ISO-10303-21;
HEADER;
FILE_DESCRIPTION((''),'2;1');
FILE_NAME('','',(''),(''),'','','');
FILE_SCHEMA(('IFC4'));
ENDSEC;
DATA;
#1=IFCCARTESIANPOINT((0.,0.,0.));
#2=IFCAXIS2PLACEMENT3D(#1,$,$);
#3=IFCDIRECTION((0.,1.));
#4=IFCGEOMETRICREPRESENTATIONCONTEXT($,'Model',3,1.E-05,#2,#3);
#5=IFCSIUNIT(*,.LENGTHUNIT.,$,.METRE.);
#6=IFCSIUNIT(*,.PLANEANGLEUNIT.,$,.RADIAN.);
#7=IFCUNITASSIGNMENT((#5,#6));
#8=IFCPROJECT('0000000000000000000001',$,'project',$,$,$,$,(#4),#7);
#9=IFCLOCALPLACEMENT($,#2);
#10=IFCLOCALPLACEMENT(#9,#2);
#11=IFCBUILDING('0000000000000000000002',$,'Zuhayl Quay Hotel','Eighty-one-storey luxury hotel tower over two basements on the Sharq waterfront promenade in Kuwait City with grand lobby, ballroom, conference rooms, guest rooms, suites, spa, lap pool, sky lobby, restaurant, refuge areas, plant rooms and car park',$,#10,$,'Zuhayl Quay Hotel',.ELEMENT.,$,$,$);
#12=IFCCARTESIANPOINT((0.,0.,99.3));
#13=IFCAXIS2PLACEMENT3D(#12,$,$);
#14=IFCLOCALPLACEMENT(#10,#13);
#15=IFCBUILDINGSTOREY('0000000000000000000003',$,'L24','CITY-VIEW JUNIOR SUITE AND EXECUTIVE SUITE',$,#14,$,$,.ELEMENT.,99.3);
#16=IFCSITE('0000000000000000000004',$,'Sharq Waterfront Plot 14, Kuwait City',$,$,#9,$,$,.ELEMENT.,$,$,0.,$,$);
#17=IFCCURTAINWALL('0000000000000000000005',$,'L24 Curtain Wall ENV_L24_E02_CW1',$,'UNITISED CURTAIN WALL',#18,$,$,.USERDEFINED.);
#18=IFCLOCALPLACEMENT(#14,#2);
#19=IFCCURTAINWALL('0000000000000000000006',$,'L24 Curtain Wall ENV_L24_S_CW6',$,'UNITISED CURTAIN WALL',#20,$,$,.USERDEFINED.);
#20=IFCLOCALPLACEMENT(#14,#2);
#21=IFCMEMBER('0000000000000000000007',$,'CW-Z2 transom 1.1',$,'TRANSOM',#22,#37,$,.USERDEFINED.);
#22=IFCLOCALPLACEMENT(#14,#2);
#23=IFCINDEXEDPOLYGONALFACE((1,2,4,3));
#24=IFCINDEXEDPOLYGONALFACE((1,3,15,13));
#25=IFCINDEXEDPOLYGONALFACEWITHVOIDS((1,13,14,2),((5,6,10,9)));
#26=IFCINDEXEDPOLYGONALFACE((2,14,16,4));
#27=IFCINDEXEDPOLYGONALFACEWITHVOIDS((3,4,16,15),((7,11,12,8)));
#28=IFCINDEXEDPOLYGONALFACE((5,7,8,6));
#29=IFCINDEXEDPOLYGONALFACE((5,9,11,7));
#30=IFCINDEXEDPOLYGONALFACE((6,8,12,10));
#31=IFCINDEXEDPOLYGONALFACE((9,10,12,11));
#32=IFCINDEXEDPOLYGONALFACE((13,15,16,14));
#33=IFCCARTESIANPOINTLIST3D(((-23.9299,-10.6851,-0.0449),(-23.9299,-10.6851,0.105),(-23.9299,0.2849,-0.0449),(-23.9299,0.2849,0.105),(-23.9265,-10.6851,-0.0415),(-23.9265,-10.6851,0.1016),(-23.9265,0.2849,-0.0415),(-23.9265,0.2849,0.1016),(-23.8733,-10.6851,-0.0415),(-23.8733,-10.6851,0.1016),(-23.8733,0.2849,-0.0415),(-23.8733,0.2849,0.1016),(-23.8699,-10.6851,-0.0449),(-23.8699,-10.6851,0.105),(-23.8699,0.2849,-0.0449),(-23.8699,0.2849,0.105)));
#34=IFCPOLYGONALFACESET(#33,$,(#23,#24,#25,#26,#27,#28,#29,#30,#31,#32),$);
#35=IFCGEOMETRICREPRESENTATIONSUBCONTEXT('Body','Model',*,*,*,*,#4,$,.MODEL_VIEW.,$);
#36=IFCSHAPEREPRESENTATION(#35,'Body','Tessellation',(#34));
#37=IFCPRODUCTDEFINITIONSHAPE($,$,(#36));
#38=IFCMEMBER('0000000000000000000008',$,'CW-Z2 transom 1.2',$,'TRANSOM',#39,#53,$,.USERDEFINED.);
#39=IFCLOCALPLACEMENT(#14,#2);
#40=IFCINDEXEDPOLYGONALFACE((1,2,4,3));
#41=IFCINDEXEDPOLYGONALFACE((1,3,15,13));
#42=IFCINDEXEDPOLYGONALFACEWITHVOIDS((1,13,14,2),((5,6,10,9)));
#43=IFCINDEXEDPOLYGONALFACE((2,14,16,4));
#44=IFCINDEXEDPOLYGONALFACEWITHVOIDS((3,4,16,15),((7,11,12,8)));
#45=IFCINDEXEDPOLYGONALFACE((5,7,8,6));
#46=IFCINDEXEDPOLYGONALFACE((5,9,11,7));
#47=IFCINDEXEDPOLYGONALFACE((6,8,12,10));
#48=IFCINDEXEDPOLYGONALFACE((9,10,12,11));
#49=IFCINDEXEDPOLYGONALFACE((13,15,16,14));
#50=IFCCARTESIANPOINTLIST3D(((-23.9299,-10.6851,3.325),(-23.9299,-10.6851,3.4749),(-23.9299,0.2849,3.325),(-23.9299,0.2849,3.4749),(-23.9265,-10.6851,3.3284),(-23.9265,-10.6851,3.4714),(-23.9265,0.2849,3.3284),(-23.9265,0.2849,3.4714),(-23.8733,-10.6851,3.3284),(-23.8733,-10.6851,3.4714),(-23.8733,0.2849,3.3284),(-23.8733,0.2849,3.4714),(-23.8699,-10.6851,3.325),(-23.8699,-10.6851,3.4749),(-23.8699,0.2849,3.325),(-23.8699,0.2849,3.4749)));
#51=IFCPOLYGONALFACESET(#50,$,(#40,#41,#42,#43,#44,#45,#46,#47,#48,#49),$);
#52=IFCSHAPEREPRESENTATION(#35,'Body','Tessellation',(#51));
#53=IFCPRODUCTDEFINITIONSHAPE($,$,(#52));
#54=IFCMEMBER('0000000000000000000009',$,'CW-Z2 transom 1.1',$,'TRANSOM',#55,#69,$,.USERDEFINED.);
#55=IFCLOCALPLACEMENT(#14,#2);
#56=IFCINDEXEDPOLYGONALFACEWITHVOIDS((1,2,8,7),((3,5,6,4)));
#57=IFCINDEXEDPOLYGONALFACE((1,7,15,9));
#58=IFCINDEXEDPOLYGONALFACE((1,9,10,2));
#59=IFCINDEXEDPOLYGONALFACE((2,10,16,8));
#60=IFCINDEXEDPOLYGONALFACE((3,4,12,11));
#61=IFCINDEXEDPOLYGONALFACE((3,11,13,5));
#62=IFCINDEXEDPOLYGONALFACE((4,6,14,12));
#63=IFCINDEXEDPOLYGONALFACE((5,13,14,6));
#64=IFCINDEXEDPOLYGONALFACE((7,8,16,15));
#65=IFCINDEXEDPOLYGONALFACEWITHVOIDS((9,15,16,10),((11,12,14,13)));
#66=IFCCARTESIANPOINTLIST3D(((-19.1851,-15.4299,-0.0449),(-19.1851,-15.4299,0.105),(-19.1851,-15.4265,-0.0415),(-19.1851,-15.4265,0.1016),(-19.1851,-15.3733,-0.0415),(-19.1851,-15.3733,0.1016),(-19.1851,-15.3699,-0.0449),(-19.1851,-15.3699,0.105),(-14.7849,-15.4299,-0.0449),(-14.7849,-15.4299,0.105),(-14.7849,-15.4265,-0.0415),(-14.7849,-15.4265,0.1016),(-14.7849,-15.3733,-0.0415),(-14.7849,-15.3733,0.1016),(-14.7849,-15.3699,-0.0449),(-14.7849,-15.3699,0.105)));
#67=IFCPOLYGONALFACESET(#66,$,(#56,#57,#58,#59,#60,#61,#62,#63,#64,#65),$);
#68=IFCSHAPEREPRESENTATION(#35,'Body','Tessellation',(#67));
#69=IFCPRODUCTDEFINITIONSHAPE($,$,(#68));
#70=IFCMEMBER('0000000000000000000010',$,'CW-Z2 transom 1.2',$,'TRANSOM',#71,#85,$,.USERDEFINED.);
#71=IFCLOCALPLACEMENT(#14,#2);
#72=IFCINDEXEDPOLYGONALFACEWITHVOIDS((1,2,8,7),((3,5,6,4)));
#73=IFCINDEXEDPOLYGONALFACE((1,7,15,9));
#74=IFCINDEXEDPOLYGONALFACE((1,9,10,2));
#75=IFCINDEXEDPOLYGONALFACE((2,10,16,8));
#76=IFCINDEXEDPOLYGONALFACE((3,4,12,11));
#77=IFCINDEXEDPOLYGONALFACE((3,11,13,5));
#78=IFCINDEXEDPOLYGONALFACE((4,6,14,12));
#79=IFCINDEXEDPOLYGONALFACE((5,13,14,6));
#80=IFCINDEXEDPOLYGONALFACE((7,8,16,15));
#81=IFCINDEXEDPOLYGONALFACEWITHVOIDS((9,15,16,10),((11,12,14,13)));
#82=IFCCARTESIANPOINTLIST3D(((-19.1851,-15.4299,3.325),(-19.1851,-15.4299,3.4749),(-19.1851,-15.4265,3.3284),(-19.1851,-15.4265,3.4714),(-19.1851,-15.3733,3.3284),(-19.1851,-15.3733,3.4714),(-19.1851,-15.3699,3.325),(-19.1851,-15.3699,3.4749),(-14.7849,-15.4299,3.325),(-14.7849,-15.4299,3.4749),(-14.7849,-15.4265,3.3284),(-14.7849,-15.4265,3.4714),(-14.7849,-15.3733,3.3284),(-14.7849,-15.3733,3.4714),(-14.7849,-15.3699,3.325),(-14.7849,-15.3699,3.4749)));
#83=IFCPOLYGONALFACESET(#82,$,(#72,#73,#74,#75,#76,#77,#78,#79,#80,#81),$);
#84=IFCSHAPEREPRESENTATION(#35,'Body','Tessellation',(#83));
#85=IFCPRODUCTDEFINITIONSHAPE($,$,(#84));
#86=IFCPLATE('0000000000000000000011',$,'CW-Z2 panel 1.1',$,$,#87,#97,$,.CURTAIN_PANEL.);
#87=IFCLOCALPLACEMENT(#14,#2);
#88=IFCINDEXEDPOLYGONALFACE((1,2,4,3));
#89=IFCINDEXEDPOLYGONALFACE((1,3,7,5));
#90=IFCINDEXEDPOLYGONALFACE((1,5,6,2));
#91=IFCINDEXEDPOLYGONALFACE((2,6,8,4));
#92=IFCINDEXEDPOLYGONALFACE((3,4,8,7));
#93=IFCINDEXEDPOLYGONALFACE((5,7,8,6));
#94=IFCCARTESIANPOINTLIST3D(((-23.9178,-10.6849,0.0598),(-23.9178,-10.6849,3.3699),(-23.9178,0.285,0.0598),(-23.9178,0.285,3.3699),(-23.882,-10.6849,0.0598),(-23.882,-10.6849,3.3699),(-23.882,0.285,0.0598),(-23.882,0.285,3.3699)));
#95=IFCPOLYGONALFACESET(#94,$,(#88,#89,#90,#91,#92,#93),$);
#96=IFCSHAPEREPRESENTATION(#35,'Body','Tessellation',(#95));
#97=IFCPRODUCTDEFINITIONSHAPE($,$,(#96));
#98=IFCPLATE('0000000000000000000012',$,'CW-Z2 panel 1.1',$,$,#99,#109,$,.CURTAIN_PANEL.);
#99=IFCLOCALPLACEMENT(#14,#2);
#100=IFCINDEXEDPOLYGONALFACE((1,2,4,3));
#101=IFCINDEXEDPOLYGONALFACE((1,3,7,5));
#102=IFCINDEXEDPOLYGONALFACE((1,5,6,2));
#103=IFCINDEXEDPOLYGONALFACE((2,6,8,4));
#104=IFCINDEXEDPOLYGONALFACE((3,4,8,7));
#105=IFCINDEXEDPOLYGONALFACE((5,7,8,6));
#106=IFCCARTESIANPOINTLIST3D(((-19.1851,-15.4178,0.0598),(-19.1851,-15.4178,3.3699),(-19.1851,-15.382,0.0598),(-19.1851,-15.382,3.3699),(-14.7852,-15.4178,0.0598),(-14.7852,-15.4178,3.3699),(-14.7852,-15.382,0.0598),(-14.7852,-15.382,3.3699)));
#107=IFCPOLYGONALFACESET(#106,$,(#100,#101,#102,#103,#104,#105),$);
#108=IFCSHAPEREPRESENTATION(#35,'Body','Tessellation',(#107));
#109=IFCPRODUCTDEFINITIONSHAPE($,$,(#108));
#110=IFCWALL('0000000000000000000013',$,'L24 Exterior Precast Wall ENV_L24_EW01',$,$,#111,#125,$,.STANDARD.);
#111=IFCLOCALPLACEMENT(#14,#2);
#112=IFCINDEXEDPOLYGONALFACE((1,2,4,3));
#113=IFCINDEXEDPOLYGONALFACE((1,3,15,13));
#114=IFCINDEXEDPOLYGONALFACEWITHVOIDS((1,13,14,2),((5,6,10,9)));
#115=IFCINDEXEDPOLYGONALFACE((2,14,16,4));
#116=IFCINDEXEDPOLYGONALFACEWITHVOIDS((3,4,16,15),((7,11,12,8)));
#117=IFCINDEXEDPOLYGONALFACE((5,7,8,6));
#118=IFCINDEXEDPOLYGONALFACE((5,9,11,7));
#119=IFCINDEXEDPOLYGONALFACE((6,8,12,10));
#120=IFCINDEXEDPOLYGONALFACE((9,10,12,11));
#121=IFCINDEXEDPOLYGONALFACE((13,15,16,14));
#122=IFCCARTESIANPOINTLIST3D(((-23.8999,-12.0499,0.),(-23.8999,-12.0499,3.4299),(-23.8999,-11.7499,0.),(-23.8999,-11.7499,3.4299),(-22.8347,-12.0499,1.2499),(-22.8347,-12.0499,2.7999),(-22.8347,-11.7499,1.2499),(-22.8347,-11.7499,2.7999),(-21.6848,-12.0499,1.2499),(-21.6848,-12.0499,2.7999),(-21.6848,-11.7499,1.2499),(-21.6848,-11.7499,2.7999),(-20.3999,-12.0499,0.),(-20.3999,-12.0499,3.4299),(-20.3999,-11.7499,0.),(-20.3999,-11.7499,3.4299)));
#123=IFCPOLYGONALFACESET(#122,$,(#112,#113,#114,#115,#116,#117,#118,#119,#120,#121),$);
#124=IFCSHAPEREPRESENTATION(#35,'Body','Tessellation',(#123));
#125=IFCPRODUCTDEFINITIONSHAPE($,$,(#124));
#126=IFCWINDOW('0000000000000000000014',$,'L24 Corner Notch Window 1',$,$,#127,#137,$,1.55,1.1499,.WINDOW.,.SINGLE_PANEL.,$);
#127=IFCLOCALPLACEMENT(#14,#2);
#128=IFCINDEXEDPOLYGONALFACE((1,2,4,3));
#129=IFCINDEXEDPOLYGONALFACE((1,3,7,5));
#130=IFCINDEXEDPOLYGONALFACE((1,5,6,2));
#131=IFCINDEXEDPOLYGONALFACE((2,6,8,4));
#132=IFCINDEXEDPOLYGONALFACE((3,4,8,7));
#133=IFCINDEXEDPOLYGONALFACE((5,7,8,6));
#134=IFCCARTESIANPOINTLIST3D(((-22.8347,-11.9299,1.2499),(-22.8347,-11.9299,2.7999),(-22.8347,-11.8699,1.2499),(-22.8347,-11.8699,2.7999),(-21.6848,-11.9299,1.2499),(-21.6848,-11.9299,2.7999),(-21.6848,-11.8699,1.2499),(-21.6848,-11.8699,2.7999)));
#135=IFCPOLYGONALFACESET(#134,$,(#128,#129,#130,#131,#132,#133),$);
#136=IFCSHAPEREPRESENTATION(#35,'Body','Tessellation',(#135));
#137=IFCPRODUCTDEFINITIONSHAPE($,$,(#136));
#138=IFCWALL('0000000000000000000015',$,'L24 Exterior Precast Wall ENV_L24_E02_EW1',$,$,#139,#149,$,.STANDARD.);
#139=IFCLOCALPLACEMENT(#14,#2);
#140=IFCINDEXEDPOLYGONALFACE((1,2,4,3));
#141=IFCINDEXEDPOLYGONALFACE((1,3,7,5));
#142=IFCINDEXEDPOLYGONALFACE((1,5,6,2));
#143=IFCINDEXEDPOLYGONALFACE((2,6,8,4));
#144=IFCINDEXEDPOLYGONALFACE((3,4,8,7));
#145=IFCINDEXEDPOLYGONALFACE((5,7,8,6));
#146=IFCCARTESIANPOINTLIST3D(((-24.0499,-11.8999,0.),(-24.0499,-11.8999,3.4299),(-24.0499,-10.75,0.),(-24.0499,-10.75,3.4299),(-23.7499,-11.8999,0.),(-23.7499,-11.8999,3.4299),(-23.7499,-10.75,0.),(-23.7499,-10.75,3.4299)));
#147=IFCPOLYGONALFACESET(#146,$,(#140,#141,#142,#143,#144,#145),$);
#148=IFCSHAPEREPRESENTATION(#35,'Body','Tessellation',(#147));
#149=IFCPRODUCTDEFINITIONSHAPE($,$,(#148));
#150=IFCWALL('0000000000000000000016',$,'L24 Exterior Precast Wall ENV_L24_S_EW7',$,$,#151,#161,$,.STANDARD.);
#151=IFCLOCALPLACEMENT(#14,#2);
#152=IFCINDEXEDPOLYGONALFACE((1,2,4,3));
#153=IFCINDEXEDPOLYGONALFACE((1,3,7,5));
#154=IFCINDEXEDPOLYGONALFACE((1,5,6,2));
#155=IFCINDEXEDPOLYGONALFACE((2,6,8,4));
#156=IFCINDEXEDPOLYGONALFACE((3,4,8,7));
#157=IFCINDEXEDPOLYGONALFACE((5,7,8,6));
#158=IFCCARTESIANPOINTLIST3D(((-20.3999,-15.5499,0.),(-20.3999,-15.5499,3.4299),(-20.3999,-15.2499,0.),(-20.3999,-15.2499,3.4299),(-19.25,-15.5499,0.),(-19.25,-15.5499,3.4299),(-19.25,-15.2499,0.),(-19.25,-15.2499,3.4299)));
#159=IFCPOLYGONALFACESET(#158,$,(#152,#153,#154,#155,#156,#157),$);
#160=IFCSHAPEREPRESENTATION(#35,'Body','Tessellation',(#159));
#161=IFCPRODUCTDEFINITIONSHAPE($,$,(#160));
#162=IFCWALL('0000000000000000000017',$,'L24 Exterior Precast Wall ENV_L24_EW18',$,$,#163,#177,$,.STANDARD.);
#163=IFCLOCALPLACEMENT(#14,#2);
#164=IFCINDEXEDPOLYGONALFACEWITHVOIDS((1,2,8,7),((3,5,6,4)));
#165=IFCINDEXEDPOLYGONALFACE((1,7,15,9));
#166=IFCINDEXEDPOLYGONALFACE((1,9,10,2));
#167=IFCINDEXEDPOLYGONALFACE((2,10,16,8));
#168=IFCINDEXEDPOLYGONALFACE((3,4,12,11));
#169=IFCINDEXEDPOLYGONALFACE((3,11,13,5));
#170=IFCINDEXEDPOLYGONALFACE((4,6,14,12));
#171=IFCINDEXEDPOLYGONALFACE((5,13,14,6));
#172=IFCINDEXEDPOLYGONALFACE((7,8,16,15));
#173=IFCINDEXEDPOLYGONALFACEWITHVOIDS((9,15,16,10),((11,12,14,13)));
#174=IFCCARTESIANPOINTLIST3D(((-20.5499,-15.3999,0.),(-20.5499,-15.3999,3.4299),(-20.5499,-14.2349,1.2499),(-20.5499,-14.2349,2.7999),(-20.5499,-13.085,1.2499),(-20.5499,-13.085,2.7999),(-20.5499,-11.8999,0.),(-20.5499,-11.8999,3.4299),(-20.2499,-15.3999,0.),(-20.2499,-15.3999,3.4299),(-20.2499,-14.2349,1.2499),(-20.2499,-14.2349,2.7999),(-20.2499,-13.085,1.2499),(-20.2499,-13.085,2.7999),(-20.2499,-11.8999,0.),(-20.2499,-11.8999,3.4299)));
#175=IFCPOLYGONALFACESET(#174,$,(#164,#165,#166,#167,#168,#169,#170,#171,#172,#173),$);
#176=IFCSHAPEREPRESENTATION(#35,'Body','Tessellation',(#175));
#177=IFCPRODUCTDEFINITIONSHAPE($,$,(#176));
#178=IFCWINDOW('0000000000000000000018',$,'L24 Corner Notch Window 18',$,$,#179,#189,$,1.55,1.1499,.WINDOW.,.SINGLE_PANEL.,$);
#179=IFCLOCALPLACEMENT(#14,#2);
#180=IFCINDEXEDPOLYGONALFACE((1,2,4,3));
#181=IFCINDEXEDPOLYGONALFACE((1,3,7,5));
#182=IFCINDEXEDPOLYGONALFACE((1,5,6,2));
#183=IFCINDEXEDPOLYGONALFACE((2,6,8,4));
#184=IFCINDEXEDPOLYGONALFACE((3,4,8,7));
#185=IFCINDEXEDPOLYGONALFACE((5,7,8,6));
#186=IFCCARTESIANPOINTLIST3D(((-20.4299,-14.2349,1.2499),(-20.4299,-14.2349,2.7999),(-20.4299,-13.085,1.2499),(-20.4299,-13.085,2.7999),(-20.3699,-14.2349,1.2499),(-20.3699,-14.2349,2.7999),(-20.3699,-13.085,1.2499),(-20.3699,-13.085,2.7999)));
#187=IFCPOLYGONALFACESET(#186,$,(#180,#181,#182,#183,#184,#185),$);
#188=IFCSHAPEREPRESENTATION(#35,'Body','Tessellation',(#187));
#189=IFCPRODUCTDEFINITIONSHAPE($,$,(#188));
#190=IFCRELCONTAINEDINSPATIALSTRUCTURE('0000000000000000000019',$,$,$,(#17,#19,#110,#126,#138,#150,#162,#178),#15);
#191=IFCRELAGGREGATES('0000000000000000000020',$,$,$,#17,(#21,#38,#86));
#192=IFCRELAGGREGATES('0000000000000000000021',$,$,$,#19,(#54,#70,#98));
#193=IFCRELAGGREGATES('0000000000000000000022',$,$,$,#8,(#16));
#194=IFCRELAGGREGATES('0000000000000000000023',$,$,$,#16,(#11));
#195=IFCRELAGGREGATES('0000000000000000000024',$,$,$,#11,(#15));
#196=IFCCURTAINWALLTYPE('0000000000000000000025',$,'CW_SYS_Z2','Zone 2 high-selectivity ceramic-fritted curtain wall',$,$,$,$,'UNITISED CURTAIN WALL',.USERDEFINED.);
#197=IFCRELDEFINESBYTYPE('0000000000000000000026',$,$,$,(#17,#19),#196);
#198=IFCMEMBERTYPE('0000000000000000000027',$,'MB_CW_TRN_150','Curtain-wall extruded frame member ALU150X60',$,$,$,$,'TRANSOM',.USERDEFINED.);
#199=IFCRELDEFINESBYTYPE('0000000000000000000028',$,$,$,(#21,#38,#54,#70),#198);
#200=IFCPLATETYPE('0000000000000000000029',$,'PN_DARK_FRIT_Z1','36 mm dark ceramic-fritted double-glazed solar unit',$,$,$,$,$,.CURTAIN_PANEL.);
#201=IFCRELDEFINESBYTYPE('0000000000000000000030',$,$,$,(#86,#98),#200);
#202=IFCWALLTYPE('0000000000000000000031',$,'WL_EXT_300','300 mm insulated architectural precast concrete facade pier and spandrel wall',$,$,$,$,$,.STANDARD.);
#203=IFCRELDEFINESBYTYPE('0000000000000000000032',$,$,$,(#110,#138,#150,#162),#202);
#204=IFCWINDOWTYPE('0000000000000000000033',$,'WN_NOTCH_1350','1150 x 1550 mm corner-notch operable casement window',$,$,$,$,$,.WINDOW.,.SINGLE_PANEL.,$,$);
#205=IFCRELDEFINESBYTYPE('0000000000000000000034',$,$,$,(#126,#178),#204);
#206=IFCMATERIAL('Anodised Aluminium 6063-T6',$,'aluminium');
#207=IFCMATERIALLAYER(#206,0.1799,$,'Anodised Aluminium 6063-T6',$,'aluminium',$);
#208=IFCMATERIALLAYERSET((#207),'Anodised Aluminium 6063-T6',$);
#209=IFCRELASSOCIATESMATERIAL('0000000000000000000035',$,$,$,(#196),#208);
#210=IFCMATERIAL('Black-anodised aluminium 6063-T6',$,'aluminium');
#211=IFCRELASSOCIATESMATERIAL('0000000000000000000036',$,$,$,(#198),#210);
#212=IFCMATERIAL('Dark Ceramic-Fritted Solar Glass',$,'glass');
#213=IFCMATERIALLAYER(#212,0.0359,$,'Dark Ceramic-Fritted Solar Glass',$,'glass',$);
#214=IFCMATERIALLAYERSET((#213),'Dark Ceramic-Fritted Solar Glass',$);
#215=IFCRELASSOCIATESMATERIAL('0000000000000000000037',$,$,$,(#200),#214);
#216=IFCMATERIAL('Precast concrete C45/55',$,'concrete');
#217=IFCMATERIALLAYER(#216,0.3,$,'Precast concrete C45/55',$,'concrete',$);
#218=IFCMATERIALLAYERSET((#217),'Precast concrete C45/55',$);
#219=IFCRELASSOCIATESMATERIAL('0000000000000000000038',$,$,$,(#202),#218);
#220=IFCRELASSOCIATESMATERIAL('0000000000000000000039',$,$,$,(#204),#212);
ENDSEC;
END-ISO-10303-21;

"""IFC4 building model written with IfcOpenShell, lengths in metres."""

from ifc_helpers import new_model, si_unit, direction, frame, frame_2d, origin, origin_2d, place, context, subcontext, project, spatial, rectangle, hollow_rectangle, extrude, material, layer, layer_set, material_profile, profile_set, type_object, element, fill, aggregate, save


model = new_model("IFC4")

# Units and contexts
model_context = context("Model", 3, precision=1e-05, world=origin(), true_north=direction((0.0, 1.0)))
body_context = subcontext(model_context, "Body", "Model", "MODEL_VIEW")
ifc_project = project(units=[si_unit("LENGTHUNIT", "METRE"), si_unit("PLANEANGLEUNIT", "RADIAN")], contexts=[model_context])

# Site, building, storey
site_placement = place(None, origin())
site = spatial("IfcSite", under=ifc_project, at=site_placement, Name="Sharq Waterfront Plot 14, Kuwait City", CompositionType="ELEMENT", RefElevation=0.0)
building_placement = place(site_placement, origin())
building = spatial("IfcBuilding", under=site, at=building_placement, Name="Zuhayl Quay Hotel", Description="Eighty-one-storey luxury hotel tower over two basements on the Sharq waterfront promenade in Kuwait City with grand lobby, ballroom, conference rooms, guest rooms, suites, spa, lap pool, sky lobby, restaurant, refuge areas, plant rooms and car park", LongName="Zuhayl Quay Hotel", CompositionType="ELEMENT")
storey_placement = place(building_placement, frame((0.0, 0.0, 99.3)))
storey = spatial("IfcBuildingStorey", under=building, at=storey_placement, Name="L24", Description="CITY-VIEW JUNIOR SUITE AND EXECUTIVE SUITE", CompositionType="ELEMENT", Elevation=99.3)

# Curtain wall
ifc_material_1 = material(Name="Anodised Aluminium 6063-T6", Category="aluminium")
ifc_layer_1 = layer(ifc_material_1, 0.1799, Name="Anodised Aluminium 6063-T6", Category="aluminium")
ifc_layer_set_1 = layer_set([ifc_layer_1], Name="Anodised Aluminium 6063-T6")
curtain_wall_type = type_object("IfcCurtainWallType", Name="CW_SYS_Z2", Description="Zone 2 high-selectivity ceramic-fritted curtain wall", ElementType="UNITISED CURTAIN WALL", PredefinedType="USERDEFINED", material=ifc_layer_set_1)
curtain_wall_1_placement = place(storey_placement, origin())
curtain_wall_1 = element("IfcCurtainWall", 1, at=curtain_wall_1_placement, inside=storey, type_object=curtain_wall_type, Name="L24 Curtain Wall ENV_L24_E02_CW1", ObjectType="UNITISED CURTAIN WALL", PredefinedType="USERDEFINED")
ifc_material_2 = material(Name="Black-anodised aluminium 6063-T6", Category="aluminium")

# Curtain wall
curtain_wall_2_placement = place(storey_placement, origin())
curtain_wall_2 = element("IfcCurtainWall", 2, at=curtain_wall_2_placement, inside=storey, type_object=curtain_wall_type, Name="L24 Curtain Wall ENV_L24_S_CW6", ObjectType="UNITISED CURTAIN WALL", PredefinedType="USERDEFINED")

# Members
ifc_material_profile_1 = material_profile(ifc_material_2, hollow_rectangle(XDim=0.0601, YDim=0.1499, WallThickness=0.0034, at=origin_2d()), Name="ALU150X60")
ifc_profile_set_1 = profile_set([ifc_material_profile_1], Name="Black-anodised aluminium 6063-T6")
member_type_1 = type_object("IfcMemberType", Name="MB_CW_TRN_150", Description="Curtain-wall extruded frame member ALU150X60", ElementType="TRANSOM", PredefinedType="USERDEFINED", material=ifc_profile_set_1)
member_1_placement = place(storey_placement, frame((-23.8999, -10.6851, 0.03), z_axis=(0.0, 1.0, 0.0), x_axis=(-1.0, 0.0, 0.0)))
member_1 = element("IfcMember", 3, at=member_1_placement, type_object=member_type_1, Name="CW-Z2 transom 1.1", ObjectType="TRANSOM", PredefinedType="USERDEFINED", context=body_context, shape_type="SweptSolid", body=[
    extrude(hollow_rectangle(XDim=0.0601, YDim=0.1499, WallThickness=0.0034, at=origin_2d()), origin(), (0.0, 0.0, 1.0), 10.97),
])
member_2_placement = place(storey_placement, frame((-23.8999, -10.6851, 3.3999), z_axis=(0.0, 1.0, 0.0), x_axis=(-1.0, 0.0, 0.0)))
member_2 = element("IfcMember", 4, at=member_2_placement, type_object=member_type_1, Name="CW-Z2 transom 1.2", ObjectType="TRANSOM", PredefinedType="USERDEFINED", context=body_context, shape_type="SweptSolid", body=[
    extrude(hollow_rectangle(XDim=0.0601, YDim=0.1499, WallThickness=0.0034, at=origin_2d()), origin(), (0.0, 0.0, 1.0), 10.97),
])
member_3_placement = place(storey_placement, frame((-14.7849, -15.3999, 0.03), z_axis=(-1.0, 0.0, 0.0), x_axis=(0.0, -1.0, 0.0)))
member_3 = element("IfcMember", 5, at=member_3_placement, type_object=member_type_1, Name="CW-Z2 transom 1.1", ObjectType="TRANSOM", PredefinedType="USERDEFINED", context=body_context, shape_type="SweptSolid", body=[
    extrude(hollow_rectangle(XDim=0.0601, YDim=0.1499, WallThickness=0.0034, at=origin_2d()), origin(), (0.0, 0.0, 1.0), 4.4001),
])
member_4_placement = place(storey_placement, frame((-14.7849, -15.3999, 3.3999), z_axis=(-1.0, 0.0, 0.0), x_axis=(0.0, -1.0, 0.0)))
member_4 = element("IfcMember", 6, at=member_4_placement, type_object=member_type_1, Name="CW-Z2 transom 1.2", ObjectType="TRANSOM", PredefinedType="USERDEFINED", context=body_context, shape_type="SweptSolid", body=[
    extrude(hollow_rectangle(XDim=0.0601, YDim=0.1499, WallThickness=0.0034, at=origin_2d()), origin(), (0.0, 0.0, 1.0), 4.4001),
])

# Plates
ifc_material_3 = material(Name="Dark Ceramic-Fritted Solar Glass", Category="glass")
ifc_layer_2 = layer(ifc_material_3, 0.0359, Name="Dark Ceramic-Fritted Solar Glass", Category="glass")
ifc_layer_set_2 = layer_set([ifc_layer_2], Name="Dark Ceramic-Fritted Solar Glass")
plate_type = type_object("IfcPlateType", Name="PN_DARK_FRIT_Z1", Description="36 mm dark ceramic-fritted double-glazed solar unit", PredefinedType="CURTAIN_PANEL", material=ifc_layer_set_2)
plate_1_placement = place(storey_placement, frame((-23.8999, -5.2, 0.0598), z_axis=(0.0, 0.0, 1.0), x_axis=(0.0, 1.0, 0.0)))
plate_1 = element("IfcPlate", 7, at=plate_1_placement, type_object=plate_type, Name="CW-Z2 panel 1.1", PredefinedType="CURTAIN_PANEL", context=body_context, shape_type="SweptSolid", body=[
    extrude(rectangle(XDim=10.97, YDim=0.0359, at=origin_2d()), origin(), (0.0, 0.0, 1.0), 3.3101),
])
aggregate(curtain_wall_1, [member_1, member_2, plate_1])
plate_2_placement = place(storey_placement, frame((-16.9851, -15.3999, 0.0598), z_axis=(0.0, 0.0, 1.0), x_axis=(-1.0, 0.0, 0.0)))
plate_2 = element("IfcPlate", 8, at=plate_2_placement, type_object=plate_type, Name="CW-Z2 panel 1.1", PredefinedType="CURTAIN_PANEL", context=body_context, shape_type="SweptSolid", body=[
    extrude(rectangle(XDim=4.3999, YDim=0.0359, at=origin_2d()), origin(), (0.0, 0.0, 1.0), 3.3101),
])
aggregate(curtain_wall_2, [member_3, member_4, plate_2])

# Wall, opening, window
ifc_material_4 = material(Name="Precast concrete C45/55", Category="concrete")
ifc_layer_3 = layer(ifc_material_4, 0.3, Name="Precast concrete C45/55", Category="concrete")
ifc_layer_set_3 = layer_set([ifc_layer_3], Name="Precast concrete C45/55")
wall_type_1 = type_object("IfcWallType", Name="WL_EXT_300", Description="300 mm insulated architectural precast concrete facade pier and spandrel wall", PredefinedType="STANDARD", material=ifc_layer_set_3)
wall_1_placement = place(storey_placement, frame((-20.3999, -11.8999, 0.0), z_axis=(0.0, 0.0, 1.0), x_axis=(-1.0, 0.0, 0.0)))
wall_1 = element("IfcWall", 9, at=wall_1_placement, inside=storey, type_object=wall_type_1, Name="L24 Exterior Precast Wall ENV_L24_EW01", PredefinedType="STANDARD", context=body_context, shape_type="SweptSolid", body=[
    extrude(rectangle(XDim=3.5, YDim=0.3, at=frame_2d((1.75, 0.0))), origin(), (0.0, 0.0, 1.0), 3.4299),
])
opening_1_placement = place(wall_1_placement, frame((1.2849, 0.0, 1.25)))
opening_1 = element("IfcOpeningElement", 10, at=opening_1_placement, cuts=wall_1, PredefinedType="OPENING", context=body_context, shape_type="SweptSolid", body=[
    extrude(rectangle(XDim=1.1499, YDim=1.55, at=frame_2d((0.575, 0.7749))), frame((0.0, 0.1599, 0.0), z_axis=(0.0, -1.0, 0.0), x_axis=(1.0, 0.0, 0.0)), (0.0, 0.0, 1.0), 0.3201),
])
window_type = type_object("IfcWindowType", Name="WN_NOTCH_1350", Description="1150 x 1550 mm corner-notch operable casement window", PartitioningType="SINGLE_PANEL", PredefinedType="WINDOW", material=ifc_material_3)
window_1_placement = place(opening_1_placement, origin())
window_1 = element("IfcWindow", 11, at=window_1_placement, inside=storey, type_object=window_type, Name="L24 Corner Notch Window 1", OverallHeight=1.55, OverallWidth=1.1499, PartitioningType="SINGLE_PANEL", PredefinedType="WINDOW", context=body_context, shape_type="SweptSolid", body=[
    extrude(rectangle(XDim=1.1499, YDim=1.55, at=frame_2d((0.575, 0.7749))), frame((0.0, 0.03, 0.0), z_axis=(0.0, -1.0, 0.0), x_axis=(1.0, 0.0, 0.0)), (0.0, 0.0, 1.0), 0.0601),
])
fill(opening_1, window_1)

# Walls
for number, where, z_axis, x_axis, name in (
    (12, (-23.8999, -11.8999, 0.0), (0.0, 0.0, 1.0), (0.0, 1.0, 0.0), "L24 Exterior Precast Wall ENV_L24_E02_EW1"),
    (13, (-19.25, -15.3999, 0.0), (0.0, 0.0, 1.0), (-1.0, 0.0, 0.0), "L24 Exterior Precast Wall ENV_L24_S_EW7"),
):
    element("IfcWall", number, at=place(storey_placement, frame(where, z_axis=z_axis, x_axis=x_axis)), inside=storey, type_object=wall_type_1, Name=name, PredefinedType="STANDARD", context=body_context, shape_type="SweptSolid", body=[
        extrude(rectangle(XDim=1.1499, YDim=0.3, at=frame_2d((0.575, 0.0))), origin(), (0.0, 0.0, 1.0), 3.4299),
    ])

# Wall, opening, window
wall_2_placement = place(storey_placement, frame((-20.3999, -15.3999, 0.0), z_axis=(0.0, 0.0, 1.0), x_axis=(0.0, 1.0, 0.0)))
wall_2 = element("IfcWall", 14, at=wall_2_placement, inside=storey, type_object=wall_type_1, Name="L24 Exterior Precast Wall ENV_L24_EW18", PredefinedType="STANDARD", context=body_context, shape_type="SweptSolid", body=[
    extrude(rectangle(XDim=3.5, YDim=0.3, at=frame_2d((1.75, 0.0))), origin(), (0.0, 0.0, 1.0), 3.4299),
])
opening_2_placement = place(wall_2_placement, frame((1.165, 0.0, 1.25)))
opening_2 = element("IfcOpeningElement", 15, at=opening_2_placement, cuts=wall_2, PredefinedType="OPENING", context=body_context, shape_type="SweptSolid", body=[
    extrude(rectangle(XDim=1.1499, YDim=1.55, at=frame_2d((0.575, 0.7749))), frame((0.0, 0.1599, 0.0), z_axis=(0.0, -1.0, 0.0), x_axis=(1.0, 0.0, 0.0)), (0.0, 0.0, 1.0), 0.3201),
])
window_2_placement = place(opening_2_placement, origin())
window_2 = element("IfcWindow", 16, at=window_2_placement, inside=storey, type_object=window_type, Name="L24 Corner Notch Window 18", OverallHeight=1.55, OverallWidth=1.1499, PartitioningType="SINGLE_PANEL", PredefinedType="WINDOW", context=body_context, shape_type="SweptSolid", body=[
    extrude(rectangle(XDim=1.1499, YDim=1.55, at=frame_2d((0.575, 0.7749))), frame((0.0, 0.03, 0.0), z_axis=(0.0, -1.0, 0.0), x_axis=(1.0, 0.0, 0.0)), (0.0, 0.0, 1.0), 0.0601),
])
fill(opening_2, window_2)

save(model, "model.ifc")
